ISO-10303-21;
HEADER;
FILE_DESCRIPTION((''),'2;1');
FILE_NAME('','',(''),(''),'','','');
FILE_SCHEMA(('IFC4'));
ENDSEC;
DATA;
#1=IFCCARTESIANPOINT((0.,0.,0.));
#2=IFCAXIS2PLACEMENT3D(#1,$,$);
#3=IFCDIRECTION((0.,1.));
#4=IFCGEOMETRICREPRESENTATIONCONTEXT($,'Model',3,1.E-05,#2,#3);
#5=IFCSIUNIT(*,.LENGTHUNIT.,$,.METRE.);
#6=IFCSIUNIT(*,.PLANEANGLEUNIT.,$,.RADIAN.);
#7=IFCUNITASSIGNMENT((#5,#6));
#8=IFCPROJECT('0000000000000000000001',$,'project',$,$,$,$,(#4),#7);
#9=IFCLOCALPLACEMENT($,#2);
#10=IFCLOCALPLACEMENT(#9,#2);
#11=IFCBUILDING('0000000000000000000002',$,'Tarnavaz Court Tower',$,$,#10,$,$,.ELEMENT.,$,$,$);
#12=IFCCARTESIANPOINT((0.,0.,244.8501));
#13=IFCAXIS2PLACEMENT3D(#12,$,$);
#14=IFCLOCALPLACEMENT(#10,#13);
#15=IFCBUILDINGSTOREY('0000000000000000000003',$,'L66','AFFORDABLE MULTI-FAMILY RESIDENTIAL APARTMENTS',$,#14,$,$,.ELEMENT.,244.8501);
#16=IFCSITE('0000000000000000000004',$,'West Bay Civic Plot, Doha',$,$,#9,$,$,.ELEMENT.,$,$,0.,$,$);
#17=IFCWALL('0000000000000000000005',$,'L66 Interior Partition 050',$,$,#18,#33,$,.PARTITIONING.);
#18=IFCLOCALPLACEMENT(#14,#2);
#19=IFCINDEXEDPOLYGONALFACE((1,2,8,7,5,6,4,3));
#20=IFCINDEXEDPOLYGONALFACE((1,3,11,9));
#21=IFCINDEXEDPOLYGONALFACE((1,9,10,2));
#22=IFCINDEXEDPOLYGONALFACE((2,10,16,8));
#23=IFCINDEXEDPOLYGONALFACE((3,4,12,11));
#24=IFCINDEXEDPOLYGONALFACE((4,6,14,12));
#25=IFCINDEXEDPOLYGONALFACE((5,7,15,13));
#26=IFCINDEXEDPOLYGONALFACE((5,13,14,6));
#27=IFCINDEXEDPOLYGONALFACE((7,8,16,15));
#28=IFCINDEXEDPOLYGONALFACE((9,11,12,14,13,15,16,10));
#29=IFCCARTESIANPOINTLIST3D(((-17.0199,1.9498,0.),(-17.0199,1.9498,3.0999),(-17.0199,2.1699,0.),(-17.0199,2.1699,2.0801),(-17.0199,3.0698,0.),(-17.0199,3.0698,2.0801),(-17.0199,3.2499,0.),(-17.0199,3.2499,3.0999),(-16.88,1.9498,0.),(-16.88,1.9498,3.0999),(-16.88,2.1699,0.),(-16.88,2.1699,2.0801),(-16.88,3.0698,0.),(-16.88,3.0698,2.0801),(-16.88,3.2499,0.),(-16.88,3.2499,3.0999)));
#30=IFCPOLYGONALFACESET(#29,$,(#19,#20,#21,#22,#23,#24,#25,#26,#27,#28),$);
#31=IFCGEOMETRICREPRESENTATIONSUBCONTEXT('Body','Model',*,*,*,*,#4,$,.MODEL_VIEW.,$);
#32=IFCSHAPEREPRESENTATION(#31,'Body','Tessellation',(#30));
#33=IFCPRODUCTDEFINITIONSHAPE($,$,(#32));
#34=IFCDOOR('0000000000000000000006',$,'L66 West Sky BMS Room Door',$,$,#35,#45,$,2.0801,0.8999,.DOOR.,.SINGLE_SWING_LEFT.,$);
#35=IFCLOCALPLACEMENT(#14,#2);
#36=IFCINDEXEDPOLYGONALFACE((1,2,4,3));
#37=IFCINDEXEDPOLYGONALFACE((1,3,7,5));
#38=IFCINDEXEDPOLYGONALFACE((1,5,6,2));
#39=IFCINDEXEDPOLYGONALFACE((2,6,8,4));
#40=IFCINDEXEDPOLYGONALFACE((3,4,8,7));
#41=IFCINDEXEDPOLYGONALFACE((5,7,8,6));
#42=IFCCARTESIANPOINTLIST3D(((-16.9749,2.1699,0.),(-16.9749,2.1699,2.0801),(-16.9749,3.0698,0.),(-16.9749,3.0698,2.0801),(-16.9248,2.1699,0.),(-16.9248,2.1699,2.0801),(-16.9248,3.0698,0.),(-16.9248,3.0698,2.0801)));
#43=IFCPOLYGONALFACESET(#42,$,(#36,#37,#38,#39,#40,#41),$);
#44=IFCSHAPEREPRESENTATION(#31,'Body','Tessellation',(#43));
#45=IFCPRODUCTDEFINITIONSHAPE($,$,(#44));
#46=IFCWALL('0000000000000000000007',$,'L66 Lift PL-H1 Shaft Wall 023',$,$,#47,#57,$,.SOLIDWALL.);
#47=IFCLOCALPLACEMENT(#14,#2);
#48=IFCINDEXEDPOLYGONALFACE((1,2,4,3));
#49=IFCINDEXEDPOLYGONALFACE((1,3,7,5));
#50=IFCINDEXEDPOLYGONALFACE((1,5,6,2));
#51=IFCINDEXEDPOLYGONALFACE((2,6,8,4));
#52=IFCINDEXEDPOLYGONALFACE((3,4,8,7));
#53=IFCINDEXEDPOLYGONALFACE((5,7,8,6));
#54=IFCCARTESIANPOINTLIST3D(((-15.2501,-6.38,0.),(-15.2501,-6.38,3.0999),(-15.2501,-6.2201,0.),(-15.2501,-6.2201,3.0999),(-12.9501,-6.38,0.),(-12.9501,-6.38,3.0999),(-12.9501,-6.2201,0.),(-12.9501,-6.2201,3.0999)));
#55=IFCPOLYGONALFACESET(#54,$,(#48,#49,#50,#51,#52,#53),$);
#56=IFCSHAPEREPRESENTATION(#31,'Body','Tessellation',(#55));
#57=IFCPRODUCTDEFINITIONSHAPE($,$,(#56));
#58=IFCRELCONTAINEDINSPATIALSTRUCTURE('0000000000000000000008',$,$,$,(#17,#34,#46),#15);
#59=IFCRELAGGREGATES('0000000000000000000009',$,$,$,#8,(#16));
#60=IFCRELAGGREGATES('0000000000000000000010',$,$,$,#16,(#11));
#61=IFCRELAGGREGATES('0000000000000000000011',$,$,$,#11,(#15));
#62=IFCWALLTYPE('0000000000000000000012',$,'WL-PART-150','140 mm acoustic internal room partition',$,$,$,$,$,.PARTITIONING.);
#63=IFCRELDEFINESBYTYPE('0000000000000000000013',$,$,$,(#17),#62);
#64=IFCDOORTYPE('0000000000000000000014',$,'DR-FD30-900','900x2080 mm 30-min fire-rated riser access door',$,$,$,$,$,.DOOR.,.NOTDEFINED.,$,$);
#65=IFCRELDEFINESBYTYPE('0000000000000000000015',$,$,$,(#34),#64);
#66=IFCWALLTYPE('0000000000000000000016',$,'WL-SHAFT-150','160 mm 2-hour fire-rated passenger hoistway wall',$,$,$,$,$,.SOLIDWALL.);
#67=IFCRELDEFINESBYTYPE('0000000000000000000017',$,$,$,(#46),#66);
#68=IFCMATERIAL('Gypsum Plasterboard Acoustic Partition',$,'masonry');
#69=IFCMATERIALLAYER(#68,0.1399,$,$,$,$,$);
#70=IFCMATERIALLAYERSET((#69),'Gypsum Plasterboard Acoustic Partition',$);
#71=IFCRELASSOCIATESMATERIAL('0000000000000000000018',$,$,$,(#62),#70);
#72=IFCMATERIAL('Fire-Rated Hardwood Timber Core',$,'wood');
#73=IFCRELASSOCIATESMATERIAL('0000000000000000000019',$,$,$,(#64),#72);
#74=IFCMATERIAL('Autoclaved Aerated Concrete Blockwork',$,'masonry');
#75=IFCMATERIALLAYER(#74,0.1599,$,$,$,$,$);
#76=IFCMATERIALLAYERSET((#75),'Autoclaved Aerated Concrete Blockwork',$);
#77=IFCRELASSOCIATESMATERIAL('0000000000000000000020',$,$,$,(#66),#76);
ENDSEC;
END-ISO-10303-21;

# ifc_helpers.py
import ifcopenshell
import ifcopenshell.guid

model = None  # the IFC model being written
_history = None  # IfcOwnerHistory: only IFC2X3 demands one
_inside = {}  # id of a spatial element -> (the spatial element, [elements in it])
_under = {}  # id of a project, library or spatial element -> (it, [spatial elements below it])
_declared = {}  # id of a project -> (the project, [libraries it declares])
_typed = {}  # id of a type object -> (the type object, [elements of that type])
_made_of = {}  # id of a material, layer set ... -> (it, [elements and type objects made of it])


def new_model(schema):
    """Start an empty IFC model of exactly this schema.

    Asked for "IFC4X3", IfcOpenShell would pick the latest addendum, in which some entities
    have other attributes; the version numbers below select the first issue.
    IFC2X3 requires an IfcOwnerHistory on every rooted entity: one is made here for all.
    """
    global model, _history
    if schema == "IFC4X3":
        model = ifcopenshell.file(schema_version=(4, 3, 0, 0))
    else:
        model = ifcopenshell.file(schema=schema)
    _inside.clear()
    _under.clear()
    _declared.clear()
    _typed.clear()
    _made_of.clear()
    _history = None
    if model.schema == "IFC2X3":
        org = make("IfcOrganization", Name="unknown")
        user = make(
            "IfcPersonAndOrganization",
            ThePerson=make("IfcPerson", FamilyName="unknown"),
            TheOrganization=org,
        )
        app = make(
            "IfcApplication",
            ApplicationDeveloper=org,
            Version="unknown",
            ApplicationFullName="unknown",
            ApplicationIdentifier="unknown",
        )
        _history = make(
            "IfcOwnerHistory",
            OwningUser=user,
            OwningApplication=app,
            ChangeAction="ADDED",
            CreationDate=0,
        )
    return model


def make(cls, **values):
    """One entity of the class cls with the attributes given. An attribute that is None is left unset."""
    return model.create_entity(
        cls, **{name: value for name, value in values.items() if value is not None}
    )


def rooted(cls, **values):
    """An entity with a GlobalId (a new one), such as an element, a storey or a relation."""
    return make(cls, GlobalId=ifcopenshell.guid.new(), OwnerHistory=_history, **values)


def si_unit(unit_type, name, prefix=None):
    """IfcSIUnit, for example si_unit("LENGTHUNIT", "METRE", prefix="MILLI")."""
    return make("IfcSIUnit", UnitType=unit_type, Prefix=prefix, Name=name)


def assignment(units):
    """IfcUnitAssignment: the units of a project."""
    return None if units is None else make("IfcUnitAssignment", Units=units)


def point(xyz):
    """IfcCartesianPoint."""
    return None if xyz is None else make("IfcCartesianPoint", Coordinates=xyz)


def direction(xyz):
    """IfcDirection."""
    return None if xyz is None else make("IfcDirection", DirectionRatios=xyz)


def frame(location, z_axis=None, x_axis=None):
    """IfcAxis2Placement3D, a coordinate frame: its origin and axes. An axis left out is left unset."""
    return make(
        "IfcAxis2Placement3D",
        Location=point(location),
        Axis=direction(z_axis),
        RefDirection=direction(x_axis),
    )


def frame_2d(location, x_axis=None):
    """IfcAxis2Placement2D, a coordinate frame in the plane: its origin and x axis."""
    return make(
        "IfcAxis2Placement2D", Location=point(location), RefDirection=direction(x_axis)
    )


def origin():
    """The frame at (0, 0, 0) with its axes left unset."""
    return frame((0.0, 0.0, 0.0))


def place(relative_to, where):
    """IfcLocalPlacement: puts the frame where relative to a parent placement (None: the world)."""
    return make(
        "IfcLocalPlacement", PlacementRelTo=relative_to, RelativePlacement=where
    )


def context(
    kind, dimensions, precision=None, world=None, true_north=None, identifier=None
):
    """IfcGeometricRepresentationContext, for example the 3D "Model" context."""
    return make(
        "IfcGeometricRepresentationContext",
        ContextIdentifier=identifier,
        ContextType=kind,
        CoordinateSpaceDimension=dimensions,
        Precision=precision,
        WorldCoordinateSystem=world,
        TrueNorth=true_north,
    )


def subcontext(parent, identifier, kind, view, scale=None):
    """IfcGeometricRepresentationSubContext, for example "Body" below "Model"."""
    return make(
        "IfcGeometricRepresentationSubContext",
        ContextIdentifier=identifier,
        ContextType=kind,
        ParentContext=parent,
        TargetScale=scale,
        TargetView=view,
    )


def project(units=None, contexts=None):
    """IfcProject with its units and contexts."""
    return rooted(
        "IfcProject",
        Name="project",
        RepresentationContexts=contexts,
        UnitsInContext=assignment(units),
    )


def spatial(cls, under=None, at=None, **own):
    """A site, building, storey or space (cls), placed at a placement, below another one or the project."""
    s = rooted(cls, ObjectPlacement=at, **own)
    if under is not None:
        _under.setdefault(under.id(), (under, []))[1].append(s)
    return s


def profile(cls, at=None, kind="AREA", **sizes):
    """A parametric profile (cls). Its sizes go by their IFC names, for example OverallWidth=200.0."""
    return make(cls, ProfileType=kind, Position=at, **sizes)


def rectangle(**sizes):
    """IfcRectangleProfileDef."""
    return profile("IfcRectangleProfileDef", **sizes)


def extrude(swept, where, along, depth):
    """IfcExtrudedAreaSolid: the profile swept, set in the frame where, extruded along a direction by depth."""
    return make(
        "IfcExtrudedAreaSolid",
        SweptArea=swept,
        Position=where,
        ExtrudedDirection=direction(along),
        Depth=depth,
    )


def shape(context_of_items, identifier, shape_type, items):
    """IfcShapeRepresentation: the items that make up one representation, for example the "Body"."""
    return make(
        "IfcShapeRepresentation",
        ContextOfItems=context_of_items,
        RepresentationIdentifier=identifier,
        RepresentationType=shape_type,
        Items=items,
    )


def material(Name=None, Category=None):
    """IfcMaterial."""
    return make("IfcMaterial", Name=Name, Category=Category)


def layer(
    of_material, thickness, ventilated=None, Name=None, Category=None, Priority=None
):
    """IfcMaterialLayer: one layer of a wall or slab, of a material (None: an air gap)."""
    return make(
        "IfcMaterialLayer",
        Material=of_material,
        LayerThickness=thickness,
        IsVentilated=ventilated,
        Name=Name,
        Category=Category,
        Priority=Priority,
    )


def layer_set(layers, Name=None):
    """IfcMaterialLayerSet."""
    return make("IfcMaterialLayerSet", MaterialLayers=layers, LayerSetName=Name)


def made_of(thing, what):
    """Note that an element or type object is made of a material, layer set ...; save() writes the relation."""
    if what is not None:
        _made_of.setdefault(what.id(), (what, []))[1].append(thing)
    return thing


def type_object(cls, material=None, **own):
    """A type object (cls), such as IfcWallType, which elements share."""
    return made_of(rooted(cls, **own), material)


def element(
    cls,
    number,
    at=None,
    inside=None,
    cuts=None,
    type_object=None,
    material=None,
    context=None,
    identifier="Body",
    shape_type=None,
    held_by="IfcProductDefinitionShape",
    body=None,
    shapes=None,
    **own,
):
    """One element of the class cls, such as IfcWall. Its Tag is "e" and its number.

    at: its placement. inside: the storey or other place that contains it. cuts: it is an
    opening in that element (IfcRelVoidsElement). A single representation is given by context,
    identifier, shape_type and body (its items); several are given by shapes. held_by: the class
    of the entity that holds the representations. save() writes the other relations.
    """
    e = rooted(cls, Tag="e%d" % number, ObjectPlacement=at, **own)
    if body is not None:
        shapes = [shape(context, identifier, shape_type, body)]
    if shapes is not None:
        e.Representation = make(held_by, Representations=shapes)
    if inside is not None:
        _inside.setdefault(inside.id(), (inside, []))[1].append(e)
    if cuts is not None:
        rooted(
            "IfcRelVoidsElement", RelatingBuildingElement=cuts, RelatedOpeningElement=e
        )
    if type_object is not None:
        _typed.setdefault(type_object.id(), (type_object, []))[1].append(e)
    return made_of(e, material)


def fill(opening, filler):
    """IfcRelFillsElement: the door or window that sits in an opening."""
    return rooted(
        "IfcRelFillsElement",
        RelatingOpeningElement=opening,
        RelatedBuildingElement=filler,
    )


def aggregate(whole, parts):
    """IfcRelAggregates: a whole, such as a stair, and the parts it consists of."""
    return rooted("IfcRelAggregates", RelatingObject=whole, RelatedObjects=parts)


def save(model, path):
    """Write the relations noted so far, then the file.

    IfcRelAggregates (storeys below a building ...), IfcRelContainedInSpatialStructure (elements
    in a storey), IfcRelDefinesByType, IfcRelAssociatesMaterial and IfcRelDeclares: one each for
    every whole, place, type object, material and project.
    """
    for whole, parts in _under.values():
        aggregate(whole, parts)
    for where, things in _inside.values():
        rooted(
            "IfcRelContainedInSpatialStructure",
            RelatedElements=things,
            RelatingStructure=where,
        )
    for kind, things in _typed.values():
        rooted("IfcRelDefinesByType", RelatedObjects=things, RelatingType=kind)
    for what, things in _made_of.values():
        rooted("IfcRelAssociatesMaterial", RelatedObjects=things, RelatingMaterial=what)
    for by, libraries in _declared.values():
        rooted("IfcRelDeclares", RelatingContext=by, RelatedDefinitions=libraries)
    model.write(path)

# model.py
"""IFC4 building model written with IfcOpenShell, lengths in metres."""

from ifc_helpers import new_model, si_unit, direction, frame, frame_2d, origin, place, context, subcontext, project, spatial, rectangle, extrude, material, layer, layer_set, type_object, element, fill, save


model = new_model("IFC4")

# Units and contexts
model_context = context("Model", 3, precision=1e-05, world=origin(), true_north=direction((0.0, 1.0)))
body_context = subcontext(model_context, "Body", "Model", "MODEL_VIEW")
ifc_project = project(units=[si_unit("LENGTHUNIT", "METRE"), si_unit("PLANEANGLEUNIT", "RADIAN")], contexts=[model_context])

# Site, building, storey
site_placement = place(None, origin())
site = spatial("IfcSite", under=ifc_project, at=site_placement, Name="West Bay Civic Plot, Doha", CompositionType="ELEMENT", RefElevation=0.0)
building_placement = place(site_placement, origin())
building = spatial("IfcBuilding", under=site, at=building_placement, Name="Tarnavaz Court Tower", CompositionType="ELEMENT")
storey_placement = place(building_placement, frame((0.0, 0.0, 244.8501)))
storey = spatial("IfcBuildingStorey", under=building, at=storey_placement, Name="L66", Description="AFFORDABLE MULTI-FAMILY RESIDENTIAL APARTMENTS", CompositionType="ELEMENT", Elevation=244.8501)

# Shared definitions
ifc_material_1 = material(Name="Fire-Rated Hardwood Timber Core", Category="wood")

# Wall, opening, door
ifc_material_2 = material(Name="Gypsum Plasterboard Acoustic Partition", Category="masonry")
ifc_layer_1 = layer(ifc_material_2, 0.1399)
ifc_layer_set_1 = layer_set([ifc_layer_1], Name="Gypsum Plasterboard Acoustic Partition")
wall_type_1 = type_object("IfcWallType", Name="WL-PART-150", Description="140 mm acoustic internal room partition", PredefinedType="PARTITIONING", material=ifc_layer_set_1)
door_type_1 = type_object("IfcDoorType", Name="DR-FD30-900", Description="900x2080 mm 30-min fire-rated riser access door", OperationType="NOTDEFINED", PredefinedType="DOOR", material=ifc_material_1)
wall_1_placement = place(storey_placement, frame((-16.95, 1.95, 0.0), z_axis=(0.0, 0.0, 1.0), x_axis=(0.0, 1.0, 0.0)))
wall_1 = element("IfcWall", 1, at=wall_1_placement, inside=storey, type_object=wall_type_1, Name="L66 Interior Partition 050", PredefinedType="PARTITIONING", context=body_context, shape_type="SweptSolid", body=[
    extrude(rectangle(XDim=1.3, YDim=0.1399, at=frame_2d((0.6499, 0.0))), origin(), (0.0, 0.0, 1.0), 3.0999),
])
opening_1_placement = place(wall_1_placement, frame((0.22, 0.0, 0.0)))
opening_1 = element("IfcOpeningElement", 2, at=opening_1_placement, cuts=wall_1, PredefinedType="OPENING", context=body_context, shape_type="SweptSolid", body=[
    extrude(rectangle(XDim=0.8999, YDim=2.0801, at=frame_2d((0.45, 1.04))), frame((0.0, 0.0798, 0.0), z_axis=(0.0, -1.0, 0.0), x_axis=(1.0, 0.0, 0.0)), (0.0, 0.0, 1.0), 0.1599),
])
door_1_placement = place(opening_1_placement, origin())
door_1 = element("IfcDoor", 3, at=door_1_placement, inside=storey, type_object=door_type_1, Name="L66 West Sky BMS Room Door", OperationType="SINGLE_SWING_LEFT", OverallHeight=2.0801, OverallWidth=0.8999, PredefinedType="DOOR", context=body_context, shape_type="SweptSolid", body=[
    extrude(rectangle(XDim=0.8999, YDim=2.0801, at=frame_2d((0.45, 1.04))), frame((0.0, 0.0249, 0.0), z_axis=(0.0, -1.0, 0.0), x_axis=(1.0, 0.0, 0.0)), (0.0, 0.0, 1.0), 0.05),
])
fill(opening_1, door_1)
ifc_material_3 = material(Name="Autoclaved Aerated Concrete Blockwork", Category="masonry")
ifc_layer_2 = layer(ifc_material_3, 0.1599)
ifc_layer_set_2 = layer_set([ifc_layer_2], Name="Autoclaved Aerated Concrete Blockwork")
wall_type_2 = type_object("IfcWallType", Name="WL-SHAFT-150", Description="160 mm 2-hour fire-rated passenger hoistway wall", PredefinedType="SOLIDWALL", material=ifc_layer_set_2)

# Wall
wall_2_placement = place(storey_placement, frame((-15.25, -6.3, 0.0), z_axis=(0.0, 0.0, 1.0), x_axis=(1.0, 0.0, 0.0)))
element("IfcWall", 4, at=wall_2_placement, inside=storey, type_object=wall_type_2, Name="L66 Lift PL-H1 Shaft Wall 023", PredefinedType="SOLIDWALL", context=body_context, shape_type="SweptSolid", body=[
    extrude(rectangle(XDim=2.3, YDim=0.1599, at=frame_2d((1.1499, 0.0))), origin(), (0.0, 0.0, 1.0), 3.0999),
])

save(model, "model.ifc")
